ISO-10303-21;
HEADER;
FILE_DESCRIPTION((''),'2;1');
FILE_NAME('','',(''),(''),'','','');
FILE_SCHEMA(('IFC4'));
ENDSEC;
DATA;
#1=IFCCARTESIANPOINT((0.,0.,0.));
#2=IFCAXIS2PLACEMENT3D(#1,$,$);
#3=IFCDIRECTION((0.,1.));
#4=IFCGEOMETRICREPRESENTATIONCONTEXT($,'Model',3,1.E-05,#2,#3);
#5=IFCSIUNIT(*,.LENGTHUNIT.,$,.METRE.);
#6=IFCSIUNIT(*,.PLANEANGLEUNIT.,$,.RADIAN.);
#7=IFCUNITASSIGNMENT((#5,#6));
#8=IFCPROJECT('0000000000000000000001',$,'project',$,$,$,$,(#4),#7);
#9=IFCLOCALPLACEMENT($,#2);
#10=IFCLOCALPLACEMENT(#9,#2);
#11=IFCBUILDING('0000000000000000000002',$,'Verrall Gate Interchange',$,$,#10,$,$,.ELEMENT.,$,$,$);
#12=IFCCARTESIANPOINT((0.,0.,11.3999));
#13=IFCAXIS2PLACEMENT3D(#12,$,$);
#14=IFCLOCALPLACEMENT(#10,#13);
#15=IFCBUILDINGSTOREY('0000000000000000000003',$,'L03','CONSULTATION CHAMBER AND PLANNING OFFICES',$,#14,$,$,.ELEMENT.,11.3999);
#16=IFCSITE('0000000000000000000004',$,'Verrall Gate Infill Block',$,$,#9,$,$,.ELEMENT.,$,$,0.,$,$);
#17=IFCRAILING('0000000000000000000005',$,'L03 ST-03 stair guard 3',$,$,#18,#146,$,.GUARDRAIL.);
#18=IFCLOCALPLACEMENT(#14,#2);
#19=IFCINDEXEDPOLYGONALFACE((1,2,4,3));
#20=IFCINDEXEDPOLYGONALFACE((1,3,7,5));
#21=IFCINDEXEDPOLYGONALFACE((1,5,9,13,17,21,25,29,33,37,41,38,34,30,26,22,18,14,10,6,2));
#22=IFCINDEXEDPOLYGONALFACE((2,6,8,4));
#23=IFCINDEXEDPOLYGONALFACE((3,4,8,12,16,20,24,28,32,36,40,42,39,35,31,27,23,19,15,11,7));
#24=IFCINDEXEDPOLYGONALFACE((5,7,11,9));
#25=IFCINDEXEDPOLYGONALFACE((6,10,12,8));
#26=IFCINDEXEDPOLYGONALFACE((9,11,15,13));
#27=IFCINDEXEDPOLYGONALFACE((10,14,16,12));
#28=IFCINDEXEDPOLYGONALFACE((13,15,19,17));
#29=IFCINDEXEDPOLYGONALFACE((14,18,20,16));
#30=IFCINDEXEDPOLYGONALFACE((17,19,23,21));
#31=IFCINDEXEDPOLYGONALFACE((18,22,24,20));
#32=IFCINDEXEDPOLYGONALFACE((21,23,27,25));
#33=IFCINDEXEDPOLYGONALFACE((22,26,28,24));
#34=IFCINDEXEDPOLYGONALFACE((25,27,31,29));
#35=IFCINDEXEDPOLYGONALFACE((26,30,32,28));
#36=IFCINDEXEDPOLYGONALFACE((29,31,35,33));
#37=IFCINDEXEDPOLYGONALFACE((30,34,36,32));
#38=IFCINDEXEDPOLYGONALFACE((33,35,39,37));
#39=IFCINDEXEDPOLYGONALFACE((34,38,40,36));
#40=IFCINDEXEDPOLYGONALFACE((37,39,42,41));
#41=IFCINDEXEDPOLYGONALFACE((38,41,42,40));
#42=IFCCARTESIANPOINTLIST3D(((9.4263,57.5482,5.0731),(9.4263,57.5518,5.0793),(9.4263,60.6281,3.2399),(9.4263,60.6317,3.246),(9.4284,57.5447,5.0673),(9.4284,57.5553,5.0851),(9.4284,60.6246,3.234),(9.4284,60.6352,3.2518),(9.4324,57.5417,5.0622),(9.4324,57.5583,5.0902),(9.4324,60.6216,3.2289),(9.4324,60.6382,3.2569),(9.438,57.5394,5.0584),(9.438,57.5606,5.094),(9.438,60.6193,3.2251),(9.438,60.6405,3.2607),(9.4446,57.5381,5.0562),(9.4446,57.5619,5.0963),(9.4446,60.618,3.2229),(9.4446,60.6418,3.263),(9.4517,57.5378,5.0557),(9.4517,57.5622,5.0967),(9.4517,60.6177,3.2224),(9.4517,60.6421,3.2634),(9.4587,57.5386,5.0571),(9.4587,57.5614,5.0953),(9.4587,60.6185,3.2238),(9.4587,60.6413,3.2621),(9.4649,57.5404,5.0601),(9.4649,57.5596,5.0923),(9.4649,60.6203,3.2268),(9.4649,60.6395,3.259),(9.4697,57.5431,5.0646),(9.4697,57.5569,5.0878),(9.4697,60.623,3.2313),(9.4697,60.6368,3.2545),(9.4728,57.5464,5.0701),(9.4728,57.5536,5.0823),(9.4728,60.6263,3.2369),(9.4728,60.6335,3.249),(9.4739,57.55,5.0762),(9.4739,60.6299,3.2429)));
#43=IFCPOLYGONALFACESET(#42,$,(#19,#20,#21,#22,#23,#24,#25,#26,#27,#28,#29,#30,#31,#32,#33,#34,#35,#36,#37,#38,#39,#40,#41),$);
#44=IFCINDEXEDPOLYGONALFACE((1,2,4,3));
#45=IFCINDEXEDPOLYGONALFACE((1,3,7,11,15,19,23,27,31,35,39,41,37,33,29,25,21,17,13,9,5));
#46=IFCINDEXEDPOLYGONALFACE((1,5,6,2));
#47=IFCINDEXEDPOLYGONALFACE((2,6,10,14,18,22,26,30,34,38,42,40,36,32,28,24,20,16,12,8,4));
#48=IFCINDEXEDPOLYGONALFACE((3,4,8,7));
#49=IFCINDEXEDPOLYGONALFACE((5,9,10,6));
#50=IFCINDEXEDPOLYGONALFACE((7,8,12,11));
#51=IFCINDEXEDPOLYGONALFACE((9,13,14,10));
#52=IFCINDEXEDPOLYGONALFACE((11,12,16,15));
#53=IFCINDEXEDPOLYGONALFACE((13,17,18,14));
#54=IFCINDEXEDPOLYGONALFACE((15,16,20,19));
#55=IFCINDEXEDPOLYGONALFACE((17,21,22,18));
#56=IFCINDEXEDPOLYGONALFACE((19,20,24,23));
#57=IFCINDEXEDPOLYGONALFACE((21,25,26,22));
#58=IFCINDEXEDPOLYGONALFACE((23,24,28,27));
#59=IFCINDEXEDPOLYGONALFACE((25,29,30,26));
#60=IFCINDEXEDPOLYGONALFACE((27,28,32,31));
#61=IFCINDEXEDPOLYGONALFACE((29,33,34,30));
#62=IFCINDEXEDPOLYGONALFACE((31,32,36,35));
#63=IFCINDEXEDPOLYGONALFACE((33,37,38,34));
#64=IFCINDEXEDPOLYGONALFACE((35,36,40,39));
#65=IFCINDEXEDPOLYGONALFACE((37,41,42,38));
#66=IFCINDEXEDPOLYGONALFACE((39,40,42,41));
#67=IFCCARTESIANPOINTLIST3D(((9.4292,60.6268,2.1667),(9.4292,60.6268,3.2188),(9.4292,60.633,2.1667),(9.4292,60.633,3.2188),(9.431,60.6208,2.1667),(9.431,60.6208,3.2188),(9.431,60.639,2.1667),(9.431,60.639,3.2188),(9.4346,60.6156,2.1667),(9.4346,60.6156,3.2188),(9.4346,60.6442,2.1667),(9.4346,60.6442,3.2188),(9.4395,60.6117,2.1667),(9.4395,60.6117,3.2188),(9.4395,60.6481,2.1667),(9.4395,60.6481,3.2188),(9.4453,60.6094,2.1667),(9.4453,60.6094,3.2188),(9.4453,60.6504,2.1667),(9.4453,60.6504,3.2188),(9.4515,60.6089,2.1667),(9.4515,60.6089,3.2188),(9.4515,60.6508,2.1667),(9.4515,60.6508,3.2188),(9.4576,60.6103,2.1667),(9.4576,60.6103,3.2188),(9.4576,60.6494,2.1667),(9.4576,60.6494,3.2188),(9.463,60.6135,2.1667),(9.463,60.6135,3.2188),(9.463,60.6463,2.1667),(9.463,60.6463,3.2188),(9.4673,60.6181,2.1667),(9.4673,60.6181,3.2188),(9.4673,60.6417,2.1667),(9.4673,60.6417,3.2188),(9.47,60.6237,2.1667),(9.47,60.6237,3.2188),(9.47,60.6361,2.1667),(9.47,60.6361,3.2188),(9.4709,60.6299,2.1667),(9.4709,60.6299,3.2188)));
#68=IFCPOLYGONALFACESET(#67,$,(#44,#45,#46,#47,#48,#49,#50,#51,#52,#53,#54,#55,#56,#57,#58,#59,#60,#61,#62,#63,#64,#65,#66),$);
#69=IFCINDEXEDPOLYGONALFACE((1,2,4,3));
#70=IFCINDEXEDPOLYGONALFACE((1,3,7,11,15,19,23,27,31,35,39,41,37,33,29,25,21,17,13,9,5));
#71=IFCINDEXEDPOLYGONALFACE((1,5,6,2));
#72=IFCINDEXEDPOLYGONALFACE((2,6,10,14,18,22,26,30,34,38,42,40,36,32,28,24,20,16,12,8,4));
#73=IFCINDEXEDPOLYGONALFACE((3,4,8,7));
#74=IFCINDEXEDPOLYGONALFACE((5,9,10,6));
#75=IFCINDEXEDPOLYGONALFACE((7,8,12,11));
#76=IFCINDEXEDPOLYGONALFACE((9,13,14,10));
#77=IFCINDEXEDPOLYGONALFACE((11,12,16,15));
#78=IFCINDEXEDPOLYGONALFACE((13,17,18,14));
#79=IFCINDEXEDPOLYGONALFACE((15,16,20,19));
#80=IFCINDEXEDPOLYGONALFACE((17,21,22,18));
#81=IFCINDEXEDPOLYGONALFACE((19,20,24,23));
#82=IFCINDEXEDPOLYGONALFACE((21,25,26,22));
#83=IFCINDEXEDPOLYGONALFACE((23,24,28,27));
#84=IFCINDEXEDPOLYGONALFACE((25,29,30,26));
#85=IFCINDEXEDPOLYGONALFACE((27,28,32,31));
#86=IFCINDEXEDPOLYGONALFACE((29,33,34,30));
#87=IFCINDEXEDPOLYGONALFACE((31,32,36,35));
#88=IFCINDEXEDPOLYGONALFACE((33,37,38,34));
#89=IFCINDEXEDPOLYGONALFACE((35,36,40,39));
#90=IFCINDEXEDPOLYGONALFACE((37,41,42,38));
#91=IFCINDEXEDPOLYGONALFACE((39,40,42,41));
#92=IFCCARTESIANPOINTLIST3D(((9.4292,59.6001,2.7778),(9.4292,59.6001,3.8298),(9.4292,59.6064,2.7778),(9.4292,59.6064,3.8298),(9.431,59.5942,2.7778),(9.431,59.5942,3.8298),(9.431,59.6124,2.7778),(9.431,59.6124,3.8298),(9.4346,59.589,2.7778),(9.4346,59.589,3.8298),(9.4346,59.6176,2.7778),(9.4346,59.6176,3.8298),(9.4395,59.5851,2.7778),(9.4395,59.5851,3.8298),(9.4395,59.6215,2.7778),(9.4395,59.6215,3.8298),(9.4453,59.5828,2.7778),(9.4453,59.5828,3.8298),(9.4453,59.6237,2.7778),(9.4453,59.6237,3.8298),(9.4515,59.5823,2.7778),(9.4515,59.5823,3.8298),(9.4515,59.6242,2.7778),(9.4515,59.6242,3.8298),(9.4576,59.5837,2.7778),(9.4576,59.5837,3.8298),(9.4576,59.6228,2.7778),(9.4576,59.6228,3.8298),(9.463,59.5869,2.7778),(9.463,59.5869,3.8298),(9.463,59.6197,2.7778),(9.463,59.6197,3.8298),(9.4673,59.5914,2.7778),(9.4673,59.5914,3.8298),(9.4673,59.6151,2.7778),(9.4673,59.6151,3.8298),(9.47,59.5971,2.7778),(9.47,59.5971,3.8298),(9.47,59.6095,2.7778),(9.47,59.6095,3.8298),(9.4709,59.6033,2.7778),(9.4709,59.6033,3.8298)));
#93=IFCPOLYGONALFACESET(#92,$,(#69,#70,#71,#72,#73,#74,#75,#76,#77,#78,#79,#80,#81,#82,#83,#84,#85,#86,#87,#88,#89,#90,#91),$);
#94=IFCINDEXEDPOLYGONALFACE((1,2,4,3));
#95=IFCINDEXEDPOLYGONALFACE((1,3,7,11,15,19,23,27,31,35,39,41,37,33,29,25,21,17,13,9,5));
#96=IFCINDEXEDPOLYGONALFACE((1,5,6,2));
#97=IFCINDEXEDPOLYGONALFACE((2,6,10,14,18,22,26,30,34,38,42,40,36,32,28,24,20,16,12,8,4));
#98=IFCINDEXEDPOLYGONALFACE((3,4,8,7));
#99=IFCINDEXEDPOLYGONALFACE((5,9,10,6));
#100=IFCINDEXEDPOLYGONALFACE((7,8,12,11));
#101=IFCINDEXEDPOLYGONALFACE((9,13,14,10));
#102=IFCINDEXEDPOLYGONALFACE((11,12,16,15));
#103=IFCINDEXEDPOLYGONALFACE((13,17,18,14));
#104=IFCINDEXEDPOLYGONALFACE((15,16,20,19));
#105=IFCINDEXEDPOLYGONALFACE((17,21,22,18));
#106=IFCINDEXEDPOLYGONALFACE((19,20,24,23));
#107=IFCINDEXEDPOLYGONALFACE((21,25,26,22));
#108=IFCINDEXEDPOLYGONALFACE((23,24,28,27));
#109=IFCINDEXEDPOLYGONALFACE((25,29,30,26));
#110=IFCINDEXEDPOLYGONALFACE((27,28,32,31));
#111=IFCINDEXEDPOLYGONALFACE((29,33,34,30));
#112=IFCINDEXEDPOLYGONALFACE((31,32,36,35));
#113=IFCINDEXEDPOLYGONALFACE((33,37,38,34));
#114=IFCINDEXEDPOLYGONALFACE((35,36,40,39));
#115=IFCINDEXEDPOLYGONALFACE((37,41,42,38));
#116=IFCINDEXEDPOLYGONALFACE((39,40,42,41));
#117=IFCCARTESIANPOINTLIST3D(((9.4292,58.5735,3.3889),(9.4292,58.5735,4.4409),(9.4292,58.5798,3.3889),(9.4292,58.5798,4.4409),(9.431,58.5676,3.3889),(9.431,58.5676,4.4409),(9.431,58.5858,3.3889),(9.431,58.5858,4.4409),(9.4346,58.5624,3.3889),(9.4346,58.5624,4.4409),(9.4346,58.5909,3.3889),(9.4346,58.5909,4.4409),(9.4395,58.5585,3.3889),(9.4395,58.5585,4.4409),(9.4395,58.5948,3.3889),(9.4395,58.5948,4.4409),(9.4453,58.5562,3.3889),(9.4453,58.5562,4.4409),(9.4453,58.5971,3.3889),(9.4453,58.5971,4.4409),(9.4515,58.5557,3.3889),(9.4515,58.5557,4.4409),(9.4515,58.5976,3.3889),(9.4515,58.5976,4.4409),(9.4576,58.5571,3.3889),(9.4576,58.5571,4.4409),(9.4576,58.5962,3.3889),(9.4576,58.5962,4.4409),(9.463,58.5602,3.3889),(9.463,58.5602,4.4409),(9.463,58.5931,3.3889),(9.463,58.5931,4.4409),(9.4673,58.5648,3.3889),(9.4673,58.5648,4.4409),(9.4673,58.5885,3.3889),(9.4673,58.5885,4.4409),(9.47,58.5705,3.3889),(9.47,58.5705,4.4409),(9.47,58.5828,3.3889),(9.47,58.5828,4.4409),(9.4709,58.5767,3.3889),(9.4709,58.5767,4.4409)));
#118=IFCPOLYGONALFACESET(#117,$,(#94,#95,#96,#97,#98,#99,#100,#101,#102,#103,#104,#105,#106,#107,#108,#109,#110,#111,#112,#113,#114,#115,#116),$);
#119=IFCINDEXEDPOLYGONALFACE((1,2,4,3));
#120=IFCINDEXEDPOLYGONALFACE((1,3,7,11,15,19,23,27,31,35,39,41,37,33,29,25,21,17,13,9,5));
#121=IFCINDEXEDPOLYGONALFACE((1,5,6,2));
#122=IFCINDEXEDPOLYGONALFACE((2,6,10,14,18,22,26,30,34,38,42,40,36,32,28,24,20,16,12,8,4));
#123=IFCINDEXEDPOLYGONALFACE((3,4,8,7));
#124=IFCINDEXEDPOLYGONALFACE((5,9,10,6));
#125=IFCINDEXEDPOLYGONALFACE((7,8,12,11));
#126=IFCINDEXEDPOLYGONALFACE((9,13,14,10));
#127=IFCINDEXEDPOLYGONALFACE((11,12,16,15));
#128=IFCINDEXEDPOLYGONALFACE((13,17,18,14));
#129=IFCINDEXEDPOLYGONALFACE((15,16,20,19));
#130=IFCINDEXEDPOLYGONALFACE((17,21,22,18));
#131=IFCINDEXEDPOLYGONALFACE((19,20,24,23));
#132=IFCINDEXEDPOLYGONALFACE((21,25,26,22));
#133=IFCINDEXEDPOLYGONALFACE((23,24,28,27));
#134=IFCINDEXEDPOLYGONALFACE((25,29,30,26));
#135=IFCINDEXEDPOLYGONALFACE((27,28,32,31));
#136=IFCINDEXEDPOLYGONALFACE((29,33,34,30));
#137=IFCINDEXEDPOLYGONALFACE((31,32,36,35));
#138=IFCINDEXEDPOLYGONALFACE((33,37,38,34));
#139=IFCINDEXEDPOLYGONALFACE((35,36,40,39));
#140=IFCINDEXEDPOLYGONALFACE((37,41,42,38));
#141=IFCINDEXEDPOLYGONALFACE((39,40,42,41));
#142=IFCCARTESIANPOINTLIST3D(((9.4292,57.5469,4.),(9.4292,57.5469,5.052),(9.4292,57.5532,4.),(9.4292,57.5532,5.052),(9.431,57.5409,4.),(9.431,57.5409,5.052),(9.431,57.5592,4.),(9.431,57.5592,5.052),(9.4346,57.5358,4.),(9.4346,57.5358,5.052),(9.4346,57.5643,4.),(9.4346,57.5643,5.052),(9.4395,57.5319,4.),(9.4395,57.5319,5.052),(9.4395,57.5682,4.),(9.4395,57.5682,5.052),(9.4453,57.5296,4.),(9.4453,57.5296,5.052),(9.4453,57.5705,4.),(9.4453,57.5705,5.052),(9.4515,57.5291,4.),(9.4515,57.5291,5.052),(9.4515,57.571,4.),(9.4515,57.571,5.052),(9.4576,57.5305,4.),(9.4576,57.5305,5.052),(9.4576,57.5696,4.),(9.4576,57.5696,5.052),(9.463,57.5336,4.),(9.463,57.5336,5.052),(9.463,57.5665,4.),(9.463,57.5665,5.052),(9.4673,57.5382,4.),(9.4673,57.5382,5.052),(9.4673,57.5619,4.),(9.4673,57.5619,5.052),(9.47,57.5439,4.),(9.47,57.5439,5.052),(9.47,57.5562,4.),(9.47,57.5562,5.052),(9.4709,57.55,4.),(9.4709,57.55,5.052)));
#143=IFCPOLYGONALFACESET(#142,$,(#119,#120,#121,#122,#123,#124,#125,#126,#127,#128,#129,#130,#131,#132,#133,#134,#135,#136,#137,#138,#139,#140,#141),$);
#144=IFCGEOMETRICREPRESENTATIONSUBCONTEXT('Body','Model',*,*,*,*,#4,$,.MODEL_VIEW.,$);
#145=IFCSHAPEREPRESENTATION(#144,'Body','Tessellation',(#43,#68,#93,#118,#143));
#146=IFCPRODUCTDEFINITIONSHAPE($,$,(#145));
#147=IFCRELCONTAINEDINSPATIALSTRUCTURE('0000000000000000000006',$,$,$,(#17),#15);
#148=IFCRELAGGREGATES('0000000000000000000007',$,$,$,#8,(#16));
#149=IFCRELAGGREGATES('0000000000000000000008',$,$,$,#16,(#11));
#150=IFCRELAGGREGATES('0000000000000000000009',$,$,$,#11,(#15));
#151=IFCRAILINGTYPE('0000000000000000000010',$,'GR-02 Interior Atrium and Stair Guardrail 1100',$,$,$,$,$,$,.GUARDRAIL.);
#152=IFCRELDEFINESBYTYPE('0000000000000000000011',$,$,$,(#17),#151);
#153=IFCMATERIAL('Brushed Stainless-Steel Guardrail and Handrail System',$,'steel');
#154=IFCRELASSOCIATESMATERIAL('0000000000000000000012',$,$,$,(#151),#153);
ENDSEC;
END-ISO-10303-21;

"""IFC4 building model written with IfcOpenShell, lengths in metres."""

from ifc_helpers import new_model, si_unit, direction, frame, origin, origin_2d, place, context, subcontext, project, spatial, circle, extrude, material, type_object, element, save


model = new_model("IFC4")

# Units and contexts
model_context = context("Model", 3, precision=1e-05, world=origin(), true_north=direction((0.0, 1.0)))
body_context = subcontext(model_context, "Body", "Model", "MODEL_VIEW")
ifc_project = project(units=[si_unit("LENGTHUNIT", "METRE"), si_unit("PLANEANGLEUNIT", "RADIAN")], contexts=[model_context])

# Site, building, storey
site_placement = place(None, origin())
site = spatial("IfcSite", under=ifc_project, at=site_placement, Name="Verrall Gate Infill Block", CompositionType="ELEMENT", RefElevation=0.0)
building_placement = place(site_placement, origin())
building = spatial("IfcBuilding", under=site, at=building_placement, Name="Verrall Gate Interchange", CompositionType="ELEMENT")
storey_placement = place(building_placement, frame((0.0, 0.0, 11.3999)))
storey = spatial("IfcBuildingStorey", under=building, at=storey_placement, Name="L03", Description="CONSULTATION CHAMBER AND PLANNING OFFICES", CompositionType="ELEMENT", Elevation=11.3999)

# Railing
ifc_material_1 = material(Name="Brushed Stainless-Steel Guardrail and Handrail System", Category="steel")
railing_type_1 = type_object("IfcRailingType", Name="GR-02 Interior Atrium and Stair Guardrail 1100", PredefinedType="GUARDRAIL", material=ifc_material_1)
railing_1_placement = place(storey_placement, frame((9.45, 60.6299, 2.1667)))
element("IfcRailing", 1, at=railing_1_placement, inside=storey, type_object=railing_type_1, Name="L03 ST-03 stair guard 3", PredefinedType="GUARDRAIL", context=body_context, shape_type="SweptSolid", body=[
    extrude(circle(Radius=0.0239, at=origin_2d()), frame((0.0, 0.0, 1.0762), z_axis=(0.0, -0.859291, 0.511487), x_axis=(1.0, 0.0, 0.0)), (0.0, 0.0, 1.0), 3.5842),
    extrude(circle(Radius=0.021, at=origin_2d()), origin(), (0.0, 0.0, 1.0), 1.052),
    extrude(circle(Radius=0.021, at=origin_2d()), frame((0.0, -1.0266, 0.6111)), (0.0, 0.0, 1.0), 1.052),
    extrude(circle(Radius=0.021, at=origin_2d()), frame((0.0, -2.0532, 1.2222)), (0.0, 0.0, 1.0), 1.052),
    extrude(circle(Radius=0.021, at=origin_2d()), frame((0.0, -3.0798, 1.8333)), (0.0, 0.0, 1.0), 1.052),
])

save(model, "model.ifc")
